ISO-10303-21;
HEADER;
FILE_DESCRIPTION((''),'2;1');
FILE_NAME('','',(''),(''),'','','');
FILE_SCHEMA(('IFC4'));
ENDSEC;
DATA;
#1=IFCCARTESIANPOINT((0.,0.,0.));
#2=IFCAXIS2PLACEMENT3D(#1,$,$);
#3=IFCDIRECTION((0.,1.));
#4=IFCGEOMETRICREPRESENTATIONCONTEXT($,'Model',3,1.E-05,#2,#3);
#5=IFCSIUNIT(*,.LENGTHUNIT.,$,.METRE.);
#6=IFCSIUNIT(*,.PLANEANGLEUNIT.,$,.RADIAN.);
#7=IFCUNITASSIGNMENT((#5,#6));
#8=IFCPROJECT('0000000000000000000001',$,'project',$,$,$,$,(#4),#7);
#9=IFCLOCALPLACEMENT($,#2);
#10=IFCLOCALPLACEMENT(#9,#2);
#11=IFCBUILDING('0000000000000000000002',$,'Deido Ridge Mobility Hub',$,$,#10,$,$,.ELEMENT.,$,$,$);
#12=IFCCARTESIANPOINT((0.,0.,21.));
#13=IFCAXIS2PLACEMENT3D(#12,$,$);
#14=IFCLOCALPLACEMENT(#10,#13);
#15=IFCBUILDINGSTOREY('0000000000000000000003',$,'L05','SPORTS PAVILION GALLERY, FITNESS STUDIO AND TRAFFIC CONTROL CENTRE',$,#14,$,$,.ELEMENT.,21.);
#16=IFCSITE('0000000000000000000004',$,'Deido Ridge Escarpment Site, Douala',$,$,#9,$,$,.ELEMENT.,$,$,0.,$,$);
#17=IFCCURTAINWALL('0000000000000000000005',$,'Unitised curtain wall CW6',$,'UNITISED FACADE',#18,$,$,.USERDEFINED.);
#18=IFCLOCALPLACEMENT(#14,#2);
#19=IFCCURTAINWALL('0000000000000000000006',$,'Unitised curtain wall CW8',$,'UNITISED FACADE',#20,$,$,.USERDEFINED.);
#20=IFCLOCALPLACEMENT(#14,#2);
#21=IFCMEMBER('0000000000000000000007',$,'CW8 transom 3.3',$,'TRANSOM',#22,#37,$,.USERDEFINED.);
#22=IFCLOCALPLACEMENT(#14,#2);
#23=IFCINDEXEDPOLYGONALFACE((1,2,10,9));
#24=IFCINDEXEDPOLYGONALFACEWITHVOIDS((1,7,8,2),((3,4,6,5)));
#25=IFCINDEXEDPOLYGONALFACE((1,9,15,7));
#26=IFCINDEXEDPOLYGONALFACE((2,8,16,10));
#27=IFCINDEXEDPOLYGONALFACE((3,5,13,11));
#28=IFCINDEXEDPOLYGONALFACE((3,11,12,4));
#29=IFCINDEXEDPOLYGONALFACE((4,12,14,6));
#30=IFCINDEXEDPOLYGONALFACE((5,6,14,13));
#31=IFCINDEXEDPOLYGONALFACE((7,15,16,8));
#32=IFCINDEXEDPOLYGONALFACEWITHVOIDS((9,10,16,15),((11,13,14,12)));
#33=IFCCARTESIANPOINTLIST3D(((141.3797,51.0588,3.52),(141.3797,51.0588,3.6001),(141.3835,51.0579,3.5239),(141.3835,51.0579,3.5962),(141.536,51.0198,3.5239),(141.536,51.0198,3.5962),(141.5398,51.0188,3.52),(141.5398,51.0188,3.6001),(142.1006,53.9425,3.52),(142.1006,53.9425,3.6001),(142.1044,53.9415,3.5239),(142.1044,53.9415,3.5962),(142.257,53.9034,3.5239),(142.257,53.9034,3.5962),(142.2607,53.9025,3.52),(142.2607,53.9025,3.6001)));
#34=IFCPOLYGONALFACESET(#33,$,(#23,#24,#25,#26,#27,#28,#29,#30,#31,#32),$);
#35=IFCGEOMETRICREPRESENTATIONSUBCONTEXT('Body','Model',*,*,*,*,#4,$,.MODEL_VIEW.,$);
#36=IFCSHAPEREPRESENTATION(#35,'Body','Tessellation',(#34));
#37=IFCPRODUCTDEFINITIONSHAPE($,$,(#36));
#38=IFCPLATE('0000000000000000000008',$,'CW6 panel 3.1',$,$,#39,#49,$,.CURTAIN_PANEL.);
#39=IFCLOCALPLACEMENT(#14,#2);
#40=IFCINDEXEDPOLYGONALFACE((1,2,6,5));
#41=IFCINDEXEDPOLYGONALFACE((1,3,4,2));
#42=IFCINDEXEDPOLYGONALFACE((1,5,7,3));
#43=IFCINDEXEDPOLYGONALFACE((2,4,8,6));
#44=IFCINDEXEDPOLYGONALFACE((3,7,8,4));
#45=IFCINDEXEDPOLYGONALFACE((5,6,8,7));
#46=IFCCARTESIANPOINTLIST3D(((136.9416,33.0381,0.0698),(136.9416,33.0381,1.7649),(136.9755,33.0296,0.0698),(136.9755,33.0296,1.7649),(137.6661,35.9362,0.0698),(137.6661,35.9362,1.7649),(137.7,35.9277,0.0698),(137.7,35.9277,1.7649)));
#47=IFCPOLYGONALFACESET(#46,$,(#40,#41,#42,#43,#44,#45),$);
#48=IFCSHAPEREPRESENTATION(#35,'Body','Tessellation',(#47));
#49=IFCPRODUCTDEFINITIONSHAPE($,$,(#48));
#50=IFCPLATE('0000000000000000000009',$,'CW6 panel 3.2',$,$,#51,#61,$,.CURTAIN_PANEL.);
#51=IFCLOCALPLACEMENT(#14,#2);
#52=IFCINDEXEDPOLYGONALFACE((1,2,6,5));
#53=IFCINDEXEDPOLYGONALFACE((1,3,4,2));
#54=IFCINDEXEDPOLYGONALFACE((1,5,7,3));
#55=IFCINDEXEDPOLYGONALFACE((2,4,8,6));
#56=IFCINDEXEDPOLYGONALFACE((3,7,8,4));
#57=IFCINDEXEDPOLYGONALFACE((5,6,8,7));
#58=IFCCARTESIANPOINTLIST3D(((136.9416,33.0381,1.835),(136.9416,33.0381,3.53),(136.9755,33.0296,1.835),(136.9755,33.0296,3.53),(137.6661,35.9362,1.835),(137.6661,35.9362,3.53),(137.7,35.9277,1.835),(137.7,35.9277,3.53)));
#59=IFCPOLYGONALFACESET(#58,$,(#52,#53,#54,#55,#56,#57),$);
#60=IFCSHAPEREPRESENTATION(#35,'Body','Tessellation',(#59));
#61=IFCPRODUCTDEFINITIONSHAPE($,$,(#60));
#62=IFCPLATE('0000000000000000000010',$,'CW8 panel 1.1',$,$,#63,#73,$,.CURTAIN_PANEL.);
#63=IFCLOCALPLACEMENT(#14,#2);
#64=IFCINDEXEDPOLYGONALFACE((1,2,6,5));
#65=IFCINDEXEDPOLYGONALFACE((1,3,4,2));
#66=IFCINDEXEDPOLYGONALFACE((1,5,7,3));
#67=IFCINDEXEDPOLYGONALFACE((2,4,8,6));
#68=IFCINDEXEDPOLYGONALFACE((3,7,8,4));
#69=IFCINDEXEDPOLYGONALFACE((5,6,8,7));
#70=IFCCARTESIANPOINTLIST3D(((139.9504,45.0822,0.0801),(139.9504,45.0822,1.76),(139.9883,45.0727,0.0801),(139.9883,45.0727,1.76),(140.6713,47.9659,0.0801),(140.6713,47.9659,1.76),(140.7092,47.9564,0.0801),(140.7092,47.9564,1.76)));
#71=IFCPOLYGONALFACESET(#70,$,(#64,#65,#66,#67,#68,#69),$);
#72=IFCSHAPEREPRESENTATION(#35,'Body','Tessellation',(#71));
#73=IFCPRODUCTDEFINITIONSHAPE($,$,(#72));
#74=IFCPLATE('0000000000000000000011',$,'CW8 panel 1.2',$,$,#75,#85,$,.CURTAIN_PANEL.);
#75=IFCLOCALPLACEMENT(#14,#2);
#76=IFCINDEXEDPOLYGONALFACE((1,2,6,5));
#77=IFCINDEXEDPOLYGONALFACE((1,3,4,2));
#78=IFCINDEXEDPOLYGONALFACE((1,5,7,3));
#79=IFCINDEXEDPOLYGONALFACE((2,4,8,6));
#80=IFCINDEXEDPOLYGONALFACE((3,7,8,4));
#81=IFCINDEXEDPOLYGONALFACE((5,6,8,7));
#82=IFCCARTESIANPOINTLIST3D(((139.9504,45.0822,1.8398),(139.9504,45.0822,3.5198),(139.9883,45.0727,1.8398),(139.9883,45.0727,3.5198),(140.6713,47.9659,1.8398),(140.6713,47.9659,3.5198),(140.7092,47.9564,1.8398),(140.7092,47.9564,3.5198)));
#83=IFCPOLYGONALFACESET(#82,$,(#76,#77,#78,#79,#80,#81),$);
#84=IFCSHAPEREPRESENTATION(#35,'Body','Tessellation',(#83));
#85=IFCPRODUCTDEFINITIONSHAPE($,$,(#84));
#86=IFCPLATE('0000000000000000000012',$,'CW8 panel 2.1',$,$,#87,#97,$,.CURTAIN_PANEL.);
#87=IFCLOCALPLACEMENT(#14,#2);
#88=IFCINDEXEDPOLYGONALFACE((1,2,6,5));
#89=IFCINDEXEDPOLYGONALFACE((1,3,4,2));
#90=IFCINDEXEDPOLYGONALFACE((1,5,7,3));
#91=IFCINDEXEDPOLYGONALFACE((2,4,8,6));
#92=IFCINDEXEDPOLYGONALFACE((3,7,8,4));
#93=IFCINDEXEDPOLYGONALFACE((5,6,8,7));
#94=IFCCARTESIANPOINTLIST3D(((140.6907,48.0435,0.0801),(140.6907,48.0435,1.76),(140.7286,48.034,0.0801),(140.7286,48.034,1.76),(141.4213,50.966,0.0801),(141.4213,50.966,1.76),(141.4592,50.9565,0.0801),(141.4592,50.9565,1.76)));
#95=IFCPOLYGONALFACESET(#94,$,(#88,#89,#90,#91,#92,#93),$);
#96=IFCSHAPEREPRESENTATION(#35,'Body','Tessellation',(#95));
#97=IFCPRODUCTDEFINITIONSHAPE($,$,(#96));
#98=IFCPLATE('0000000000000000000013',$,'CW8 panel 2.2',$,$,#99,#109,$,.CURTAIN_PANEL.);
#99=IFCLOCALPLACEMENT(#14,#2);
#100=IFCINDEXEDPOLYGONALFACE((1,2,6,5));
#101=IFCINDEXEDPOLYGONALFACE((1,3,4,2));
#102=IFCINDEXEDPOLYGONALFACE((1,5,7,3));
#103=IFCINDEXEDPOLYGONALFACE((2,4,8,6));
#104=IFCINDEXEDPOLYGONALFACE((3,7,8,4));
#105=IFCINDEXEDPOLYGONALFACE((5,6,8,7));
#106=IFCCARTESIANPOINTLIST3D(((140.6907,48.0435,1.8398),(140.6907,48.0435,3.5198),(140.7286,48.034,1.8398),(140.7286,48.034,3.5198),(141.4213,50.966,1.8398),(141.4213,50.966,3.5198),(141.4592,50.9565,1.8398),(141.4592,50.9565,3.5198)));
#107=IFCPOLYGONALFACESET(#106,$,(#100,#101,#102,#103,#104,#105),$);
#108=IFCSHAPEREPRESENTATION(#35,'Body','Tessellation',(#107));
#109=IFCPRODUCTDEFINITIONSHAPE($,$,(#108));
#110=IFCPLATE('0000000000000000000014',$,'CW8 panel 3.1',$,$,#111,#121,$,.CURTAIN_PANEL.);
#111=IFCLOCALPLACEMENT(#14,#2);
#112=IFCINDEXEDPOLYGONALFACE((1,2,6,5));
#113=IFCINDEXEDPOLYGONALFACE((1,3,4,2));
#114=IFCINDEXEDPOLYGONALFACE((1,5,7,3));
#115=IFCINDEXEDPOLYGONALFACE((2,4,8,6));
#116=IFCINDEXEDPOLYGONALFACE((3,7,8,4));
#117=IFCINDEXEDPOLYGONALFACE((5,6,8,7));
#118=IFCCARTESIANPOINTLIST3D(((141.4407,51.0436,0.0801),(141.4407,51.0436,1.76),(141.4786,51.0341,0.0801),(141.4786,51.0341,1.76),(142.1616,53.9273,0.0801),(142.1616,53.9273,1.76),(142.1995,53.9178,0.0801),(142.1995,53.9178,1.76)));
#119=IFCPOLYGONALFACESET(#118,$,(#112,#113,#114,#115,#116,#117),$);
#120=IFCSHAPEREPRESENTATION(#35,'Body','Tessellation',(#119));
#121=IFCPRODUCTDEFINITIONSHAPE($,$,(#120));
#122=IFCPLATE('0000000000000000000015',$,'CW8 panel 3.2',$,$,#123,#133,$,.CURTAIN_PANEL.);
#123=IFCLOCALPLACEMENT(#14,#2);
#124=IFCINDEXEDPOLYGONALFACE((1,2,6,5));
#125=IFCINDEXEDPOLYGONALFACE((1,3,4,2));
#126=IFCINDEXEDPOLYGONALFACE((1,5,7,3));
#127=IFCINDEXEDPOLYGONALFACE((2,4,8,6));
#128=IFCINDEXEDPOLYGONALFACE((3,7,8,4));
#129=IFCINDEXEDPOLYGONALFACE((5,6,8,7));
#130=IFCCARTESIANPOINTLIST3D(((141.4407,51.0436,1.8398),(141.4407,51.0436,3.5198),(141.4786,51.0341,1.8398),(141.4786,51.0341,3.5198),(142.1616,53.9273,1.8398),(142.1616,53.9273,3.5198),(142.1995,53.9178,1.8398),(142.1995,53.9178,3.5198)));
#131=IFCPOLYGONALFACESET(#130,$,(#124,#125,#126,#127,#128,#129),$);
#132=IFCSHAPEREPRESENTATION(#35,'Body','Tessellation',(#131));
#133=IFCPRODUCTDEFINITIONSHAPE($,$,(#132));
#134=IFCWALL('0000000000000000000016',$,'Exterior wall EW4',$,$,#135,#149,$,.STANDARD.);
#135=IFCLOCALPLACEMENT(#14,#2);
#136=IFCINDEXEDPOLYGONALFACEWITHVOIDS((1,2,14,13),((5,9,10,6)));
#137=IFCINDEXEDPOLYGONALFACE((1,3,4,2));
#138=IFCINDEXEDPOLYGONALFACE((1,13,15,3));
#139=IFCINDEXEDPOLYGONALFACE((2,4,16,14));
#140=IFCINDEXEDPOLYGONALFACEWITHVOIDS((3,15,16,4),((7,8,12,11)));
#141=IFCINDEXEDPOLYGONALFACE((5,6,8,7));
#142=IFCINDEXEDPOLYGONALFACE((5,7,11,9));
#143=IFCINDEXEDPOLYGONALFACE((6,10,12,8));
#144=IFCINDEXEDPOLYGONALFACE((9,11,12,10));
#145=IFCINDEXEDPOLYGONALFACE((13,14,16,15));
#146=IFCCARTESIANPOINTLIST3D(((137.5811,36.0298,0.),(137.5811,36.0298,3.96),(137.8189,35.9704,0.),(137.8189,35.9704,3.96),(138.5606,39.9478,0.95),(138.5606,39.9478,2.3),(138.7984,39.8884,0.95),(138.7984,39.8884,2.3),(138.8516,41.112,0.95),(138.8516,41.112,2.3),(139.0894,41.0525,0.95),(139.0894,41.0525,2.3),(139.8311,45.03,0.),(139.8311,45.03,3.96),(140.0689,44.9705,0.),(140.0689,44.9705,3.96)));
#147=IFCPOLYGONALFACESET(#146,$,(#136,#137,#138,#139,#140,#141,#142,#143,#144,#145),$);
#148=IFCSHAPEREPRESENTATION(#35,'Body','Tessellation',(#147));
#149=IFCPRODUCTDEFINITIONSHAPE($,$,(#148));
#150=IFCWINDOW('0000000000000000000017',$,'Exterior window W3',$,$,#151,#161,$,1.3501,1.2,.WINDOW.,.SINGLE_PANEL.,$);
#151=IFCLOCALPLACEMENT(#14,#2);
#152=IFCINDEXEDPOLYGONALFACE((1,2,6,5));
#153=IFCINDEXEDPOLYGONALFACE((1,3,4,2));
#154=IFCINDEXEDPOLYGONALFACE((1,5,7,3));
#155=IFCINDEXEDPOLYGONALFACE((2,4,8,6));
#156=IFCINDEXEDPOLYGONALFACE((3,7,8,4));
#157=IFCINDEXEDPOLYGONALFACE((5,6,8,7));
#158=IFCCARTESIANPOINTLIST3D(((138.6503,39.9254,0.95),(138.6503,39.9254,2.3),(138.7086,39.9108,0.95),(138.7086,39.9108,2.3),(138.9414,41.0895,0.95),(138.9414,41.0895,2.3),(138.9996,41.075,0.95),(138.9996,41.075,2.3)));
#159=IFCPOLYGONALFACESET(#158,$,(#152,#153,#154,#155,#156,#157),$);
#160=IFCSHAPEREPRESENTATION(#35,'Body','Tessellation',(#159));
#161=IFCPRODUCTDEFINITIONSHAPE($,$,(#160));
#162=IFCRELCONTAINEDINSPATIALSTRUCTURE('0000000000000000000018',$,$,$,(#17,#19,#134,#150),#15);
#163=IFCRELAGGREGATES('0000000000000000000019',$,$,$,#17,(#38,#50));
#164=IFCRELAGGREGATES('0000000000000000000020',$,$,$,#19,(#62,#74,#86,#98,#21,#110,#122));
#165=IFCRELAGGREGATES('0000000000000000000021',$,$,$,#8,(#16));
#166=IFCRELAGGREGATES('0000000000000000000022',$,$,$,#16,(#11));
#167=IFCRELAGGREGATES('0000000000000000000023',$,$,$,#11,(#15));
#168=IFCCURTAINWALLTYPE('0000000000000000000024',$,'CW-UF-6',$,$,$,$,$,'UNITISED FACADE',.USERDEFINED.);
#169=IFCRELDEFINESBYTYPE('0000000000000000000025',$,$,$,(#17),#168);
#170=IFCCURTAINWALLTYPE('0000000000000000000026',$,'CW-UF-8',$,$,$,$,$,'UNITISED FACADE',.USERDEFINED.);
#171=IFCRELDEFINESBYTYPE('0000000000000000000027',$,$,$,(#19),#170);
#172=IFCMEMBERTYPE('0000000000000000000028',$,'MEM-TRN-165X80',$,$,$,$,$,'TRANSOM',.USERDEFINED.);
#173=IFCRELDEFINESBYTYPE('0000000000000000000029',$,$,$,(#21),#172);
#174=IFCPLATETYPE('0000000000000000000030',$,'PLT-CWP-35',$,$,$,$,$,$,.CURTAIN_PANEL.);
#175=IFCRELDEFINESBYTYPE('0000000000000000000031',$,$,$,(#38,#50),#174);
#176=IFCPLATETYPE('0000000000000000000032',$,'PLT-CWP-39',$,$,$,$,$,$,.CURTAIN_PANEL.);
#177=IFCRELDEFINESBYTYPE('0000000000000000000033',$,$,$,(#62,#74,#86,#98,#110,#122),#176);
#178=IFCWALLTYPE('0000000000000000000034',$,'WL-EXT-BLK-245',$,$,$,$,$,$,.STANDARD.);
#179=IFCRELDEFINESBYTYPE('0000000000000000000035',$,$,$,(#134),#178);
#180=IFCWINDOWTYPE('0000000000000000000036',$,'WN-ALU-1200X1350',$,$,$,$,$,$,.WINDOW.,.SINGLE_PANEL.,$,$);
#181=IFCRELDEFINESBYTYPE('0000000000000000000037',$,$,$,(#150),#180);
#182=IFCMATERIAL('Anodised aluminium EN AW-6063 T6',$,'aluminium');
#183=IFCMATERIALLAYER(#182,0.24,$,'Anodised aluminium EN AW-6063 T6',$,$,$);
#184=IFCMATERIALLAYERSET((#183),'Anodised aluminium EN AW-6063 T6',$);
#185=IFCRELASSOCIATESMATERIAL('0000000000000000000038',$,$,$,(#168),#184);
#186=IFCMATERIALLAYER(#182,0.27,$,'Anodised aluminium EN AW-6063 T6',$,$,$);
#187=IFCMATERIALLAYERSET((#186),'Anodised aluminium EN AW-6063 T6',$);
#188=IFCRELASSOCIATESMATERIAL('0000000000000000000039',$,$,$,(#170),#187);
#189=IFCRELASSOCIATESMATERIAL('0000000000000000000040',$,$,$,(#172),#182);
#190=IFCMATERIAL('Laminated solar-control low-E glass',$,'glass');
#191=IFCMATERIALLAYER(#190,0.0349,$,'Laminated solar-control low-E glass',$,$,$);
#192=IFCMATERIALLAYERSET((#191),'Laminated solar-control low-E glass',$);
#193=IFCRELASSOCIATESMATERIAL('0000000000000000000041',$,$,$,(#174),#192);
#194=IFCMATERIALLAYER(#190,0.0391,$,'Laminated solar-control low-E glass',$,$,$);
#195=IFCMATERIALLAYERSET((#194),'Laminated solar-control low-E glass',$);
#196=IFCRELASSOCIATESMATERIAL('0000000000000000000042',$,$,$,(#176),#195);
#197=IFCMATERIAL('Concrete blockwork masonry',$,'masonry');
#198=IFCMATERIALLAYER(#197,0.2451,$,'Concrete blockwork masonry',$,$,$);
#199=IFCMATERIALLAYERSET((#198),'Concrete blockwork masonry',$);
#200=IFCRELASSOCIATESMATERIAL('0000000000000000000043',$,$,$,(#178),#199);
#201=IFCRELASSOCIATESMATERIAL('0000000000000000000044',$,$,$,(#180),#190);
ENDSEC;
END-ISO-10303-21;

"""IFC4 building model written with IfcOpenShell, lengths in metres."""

from ifc_helpers import new_model, si_unit, direction, frame, frame_2d, origin, origin_2d, place, context, subcontext, project, spatial, rectangle, hollow_rectangle, extrude, material, layer, layer_set, material_profile, profile_set, type_object, element, fill, aggregate, save


model = new_model("IFC4")

# Units and contexts
model_context = context("Model", 3, precision=1e-05, world=origin(), true_north=direction((0.0, 1.0)))
body_context = subcontext(model_context, "Body", "Model", "MODEL_VIEW")
ifc_project = project(units=[si_unit("LENGTHUNIT", "METRE"), si_unit("PLANEANGLEUNIT", "RADIAN")], contexts=[model_context])

# Site, building, storey
site_placement = place(None, origin())
site = spatial("IfcSite", under=ifc_project, at=site_placement, Name="Deido Ridge Escarpment Site, Douala", CompositionType="ELEMENT", RefElevation=0.0)
building_placement = place(site_placement, origin())
building = spatial("IfcBuilding", under=site, at=building_placement, Name="Deido Ridge Mobility Hub", CompositionType="ELEMENT")
storey_placement = place(building_placement, frame((0.0, 0.0, 21.0)))
storey = spatial("IfcBuildingStorey", under=building, at=storey_placement, Name="L05", Description="SPORTS PAVILION GALLERY, FITNESS STUDIO AND TRAFFIC CONTROL CENTRE", CompositionType="ELEMENT", Elevation=21.0)

# Curtain walls
ifc_material_1 = material(Name="Anodised aluminium EN AW-6063 T6", Category="aluminium")
ifc_layer_1 = layer(ifc_material_1, 0.24, Name="Anodised aluminium EN AW-6063 T6")
ifc_layer_set_1 = layer_set([ifc_layer_1], Name="Anodised aluminium EN AW-6063 T6")
curtain_wall_type_1 = type_object("IfcCurtainWallType", Name="CW-UF-6", ElementType="UNITISED FACADE", PredefinedType="USERDEFINED", material=ifc_layer_set_1)
curtain_wall_1_placement = place(storey_placement, origin())
curtain_wall_1 = element("IfcCurtainWall", 1, at=curtain_wall_1_placement, inside=storey, type_object=curtain_wall_type_1, Name="Unitised curtain wall CW6", ObjectType="UNITISED FACADE", PredefinedType="USERDEFINED")
ifc_layer_2 = layer(ifc_material_1, 0.27, Name="Anodised aluminium EN AW-6063 T6")
ifc_layer_set_2 = layer_set([ifc_layer_2], Name="Anodised aluminium EN AW-6063 T6")
curtain_wall_type_2 = type_object("IfcCurtainWallType", Name="CW-UF-8", ElementType="UNITISED FACADE", PredefinedType="USERDEFINED", material=ifc_layer_set_2)
curtain_wall_2_placement = place(storey_placement, origin())
curtain_wall_2 = element("IfcCurtainWall", 2, at=curtain_wall_2_placement, inside=storey, type_object=curtain_wall_type_2, Name="Unitised curtain wall CW8", ObjectType="UNITISED FACADE", PredefinedType="USERDEFINED")

# Member
ifc_material_profile_1 = material_profile(ifc_material_1, hollow_rectangle(XDim=0.165, YDim=0.0801, WallThickness=0.0039, at=origin_2d()), Name="RHS 165x80x4")
ifc_profile_set_1 = profile_set([ifc_material_profile_1], Name="Anodised aluminium EN AW-6063 T6")
member_type_1 = type_object("IfcMemberType", Name="MEM-TRN-165X80", ElementType="TRANSOM", PredefinedType="USERDEFINED", material=ifc_profile_set_1)
member_1_placement = place(storey_placement, frame((141.4597, 51.0388, 3.5601), z_axis=(0.242555, 0.970138, 0.0), x_axis=(-0.970138, 0.242555, 0.0)))
member_1 = element("IfcMember", 3, at=member_1_placement, type_object=member_type_1, Name="CW8 transom 3.3", ObjectType="TRANSOM", PredefinedType="USERDEFINED", context=body_context, shape_type="SweptSolid", body=[
    extrude(hollow_rectangle(XDim=0.165, YDim=0.0801, WallThickness=0.0039, at=origin_2d()), origin(), (0.0, 0.0, 1.0), 2.9724),
])

# Plates
ifc_material_2 = material(Name="Laminated solar-control low-E glass", Category="glass")
ifc_layer_3 = layer(ifc_material_2, 0.0349, Name="Laminated solar-control low-E glass")
ifc_layer_set_3 = layer_set([ifc_layer_3], Name="Laminated solar-control low-E glass")
plate_type_1 = type_object("IfcPlateType", Name="PLT-CWP-35", PredefinedType="CURTAIN_PANEL", material=ifc_layer_set_3)
plate_1_placement = place(storey_placement, frame((137.3208, 34.4829, 0.0698), z_axis=(0.0, 0.0, 1.0), x_axis=(0.242536, 0.970143, 0.0)))
plate_1 = element("IfcPlate", 4, at=plate_1_placement, type_object=plate_type_1, Name="CW6 panel 3.1", PredefinedType="CURTAIN_PANEL", context=body_context, shape_type="SweptSolid", body=[
    extrude(rectangle(XDim=2.9873, YDim=0.0349, at=origin_2d()), origin(), (0.0, 0.0, 1.0), 1.6951),
])
plate_2_placement = place(storey_placement, frame((137.3208, 34.4829, 1.835), z_axis=(0.0, 0.0, 1.0), x_axis=(0.242536, 0.970143, 0.0)))
plate_2 = element("IfcPlate", 5, at=plate_2_placement, type_object=plate_type_1, Name="CW6 panel 3.2", PredefinedType="CURTAIN_PANEL", context=body_context, shape_type="SweptSolid", body=[
    extrude(rectangle(XDim=2.9873, YDim=0.0349, at=origin_2d()), origin(), (0.0, 0.0, 1.0), 1.6951),
])
aggregate(curtain_wall_1, [plate_1, plate_2])
ifc_layer_4 = layer(ifc_material_2, 0.0391, Name="Laminated solar-control low-E glass")
ifc_layer_set_4 = layer_set([ifc_layer_4], Name="Laminated solar-control low-E glass")
plate_type_2 = type_object("IfcPlateType", Name="PLT-CWP-39", PredefinedType="CURTAIN_PANEL", material=ifc_layer_set_4)
plate_3_placement = place(storey_placement, frame((140.3298, 46.5193, 0.0801), z_axis=(0.0, 0.0, 1.0), x_axis=(0.242536, 0.970143, 0.0)))
plate_3 = element("IfcPlate", 6, at=plate_3_placement, type_object=plate_type_2, Name="CW8 panel 1.1", PredefinedType="CURTAIN_PANEL", context=body_context, shape_type="SweptSolid", body=[
    extrude(rectangle(XDim=2.9724, YDim=0.0391, at=origin_2d()), origin(), (0.0, 0.0, 1.0), 1.6799),
])
plate_4_placement = place(storey_placement, frame((140.3298, 46.5193, 1.8398), z_axis=(0.0, 0.0, 1.0), x_axis=(0.242536, 0.970143, 0.0)))
plate_4 = element("IfcPlate", 7, at=plate_4_placement, type_object=plate_type_2, Name="CW8 panel 1.2", PredefinedType="CURTAIN_PANEL", context=body_context, shape_type="SweptSolid", body=[
    extrude(rectangle(XDim=2.9724, YDim=0.0391, at=origin_2d()), origin(), (0.0, 0.0, 1.0), 1.6799),
])
plate_5_placement = place(storey_placement, frame((141.075, 49.5, 0.0801), z_axis=(0.0, 0.0, 1.0), x_axis=(0.242536, 0.970143, 0.0)))
plate_5 = element("IfcPlate", 8, at=plate_5_placement, type_object=plate_type_2, Name="CW8 panel 2.1", PredefinedType="CURTAIN_PANEL", context=body_context, shape_type="SweptSolid", body=[
    extrude(rectangle(XDim=3.0125, YDim=0.0391, at=origin_2d()), origin(), (0.0, 0.0, 1.0), 1.6799),
])
plate_6_placement = place(storey_placement, frame((141.075, 49.5, 1.8398), z_axis=(0.0, 0.0, 1.0), x_axis=(0.242536, 0.970143, 0.0)))
plate_6 = element("IfcPlate", 9, at=plate_6_placement, type_object=plate_type_2, Name="CW8 panel 2.2", PredefinedType="CURTAIN_PANEL", context=body_context, shape_type="SweptSolid", body=[
    extrude(rectangle(XDim=3.0125, YDim=0.0391, at=origin_2d()), origin(), (0.0, 0.0, 1.0), 1.6799),
])
plate_7_placement = place(storey_placement, frame((141.8201, 52.4807, 0.0801), z_axis=(0.0, 0.0, 1.0), x_axis=(0.242536, 0.970143, 0.0)))
plate_7 = element("IfcPlate", 10, at=plate_7_placement, type_object=plate_type_2, Name="CW8 panel 3.1", PredefinedType="CURTAIN_PANEL", context=body_context, shape_type="SweptSolid", body=[
    extrude(rectangle(XDim=2.9724, YDim=0.0391, at=origin_2d()), origin(), (0.0, 0.0, 1.0), 1.6799),
])
plate_8_placement = place(storey_placement, frame((141.8201, 52.4807, 1.8398), z_axis=(0.0, 0.0, 1.0), x_axis=(0.242536, 0.970143, 0.0)))
plate_8 = element("IfcPlate", 11, at=plate_8_placement, type_object=plate_type_2, Name="CW8 panel 3.2", PredefinedType="CURTAIN_PANEL", context=body_context, shape_type="SweptSolid", body=[
    extrude(rectangle(XDim=2.9724, YDim=0.0391, at=origin_2d()), origin(), (0.0, 0.0, 1.0), 1.6799),
])
aggregate(curtain_wall_2, [plate_3, plate_4, plate_5, plate_6, member_1, plate_7, plate_8])

# Wall, opening, window
ifc_material_3 = material(Name="Concrete blockwork masonry", Category="masonry")
ifc_layer_5 = layer(ifc_material_3, 0.2451, Name="Concrete blockwork masonry")
ifc_layer_set_5 = layer_set([ifc_layer_5], Name="Concrete blockwork masonry")
wall_type_1 = type_object("IfcWallType", Name="WL-EXT-BLK-245", PredefinedType="STANDARD", material=ifc_layer_set_5)
wall_1_placement = place(storey_placement, frame((137.7, 36.0, 0.0), z_axis=(0.0, 0.0, 1.0), x_axis=(0.242536, 0.970143, 0.0)))
wall_1 = element("IfcWall", 12, at=wall_1_placement, inside=storey, type_object=wall_type_1, Name="Exterior wall EW4", PredefinedType="STANDARD", context=body_context, shape_type="SweptSolid", body=[
    extrude(rectangle(XDim=9.2771, YDim=0.2451, at=frame_2d((4.6387, 0.0))), origin(), (0.0, 0.0, 1.0), 3.96),
])
opening_1_placement = place(wall_1_placement, frame((4.0386, 0.0, 0.95)))
opening_1 = element("IfcOpeningElement", 13, at=opening_1_placement, cuts=wall_1, PredefinedType="OPENING", context=body_context, shape_type="SweptSolid", body=[
    extrude(rectangle(XDim=1.2, YDim=1.3501, at=frame_2d((0.6001, 0.675))), frame((0.0, 0.1326, 0.0), z_axis=(0.0, -1.0, 0.0), x_axis=(1.0, 0.0, 0.0)), (0.0, 0.0, 1.0), 0.2651),
])
window_type = type_object("IfcWindowType", Name="WN-ALU-1200X1350", PartitioningType="SINGLE_PANEL", PredefinedType="WINDOW", material=ifc_material_2)
window_placement = place(opening_1_placement, origin())
window = element("IfcWindow", 14, at=window_placement, inside=storey, type_object=window_type, Name="Exterior window W3", OverallHeight=1.3501, OverallWidth=1.2, PartitioningType="SINGLE_PANEL", PredefinedType="WINDOW", context=body_context, shape_type="SweptSolid", body=[
    extrude(rectangle(XDim=1.2, YDim=1.3501, at=frame_2d((0.6001, 0.675))), frame((0.0, 0.03, 0.0), z_axis=(0.0, -1.0, 0.0), x_axis=(1.0, 0.0, 0.0)), (0.0, 0.0, 1.0), 0.0601),
])
fill(opening_1, window)

save(model, "model.ifc")
